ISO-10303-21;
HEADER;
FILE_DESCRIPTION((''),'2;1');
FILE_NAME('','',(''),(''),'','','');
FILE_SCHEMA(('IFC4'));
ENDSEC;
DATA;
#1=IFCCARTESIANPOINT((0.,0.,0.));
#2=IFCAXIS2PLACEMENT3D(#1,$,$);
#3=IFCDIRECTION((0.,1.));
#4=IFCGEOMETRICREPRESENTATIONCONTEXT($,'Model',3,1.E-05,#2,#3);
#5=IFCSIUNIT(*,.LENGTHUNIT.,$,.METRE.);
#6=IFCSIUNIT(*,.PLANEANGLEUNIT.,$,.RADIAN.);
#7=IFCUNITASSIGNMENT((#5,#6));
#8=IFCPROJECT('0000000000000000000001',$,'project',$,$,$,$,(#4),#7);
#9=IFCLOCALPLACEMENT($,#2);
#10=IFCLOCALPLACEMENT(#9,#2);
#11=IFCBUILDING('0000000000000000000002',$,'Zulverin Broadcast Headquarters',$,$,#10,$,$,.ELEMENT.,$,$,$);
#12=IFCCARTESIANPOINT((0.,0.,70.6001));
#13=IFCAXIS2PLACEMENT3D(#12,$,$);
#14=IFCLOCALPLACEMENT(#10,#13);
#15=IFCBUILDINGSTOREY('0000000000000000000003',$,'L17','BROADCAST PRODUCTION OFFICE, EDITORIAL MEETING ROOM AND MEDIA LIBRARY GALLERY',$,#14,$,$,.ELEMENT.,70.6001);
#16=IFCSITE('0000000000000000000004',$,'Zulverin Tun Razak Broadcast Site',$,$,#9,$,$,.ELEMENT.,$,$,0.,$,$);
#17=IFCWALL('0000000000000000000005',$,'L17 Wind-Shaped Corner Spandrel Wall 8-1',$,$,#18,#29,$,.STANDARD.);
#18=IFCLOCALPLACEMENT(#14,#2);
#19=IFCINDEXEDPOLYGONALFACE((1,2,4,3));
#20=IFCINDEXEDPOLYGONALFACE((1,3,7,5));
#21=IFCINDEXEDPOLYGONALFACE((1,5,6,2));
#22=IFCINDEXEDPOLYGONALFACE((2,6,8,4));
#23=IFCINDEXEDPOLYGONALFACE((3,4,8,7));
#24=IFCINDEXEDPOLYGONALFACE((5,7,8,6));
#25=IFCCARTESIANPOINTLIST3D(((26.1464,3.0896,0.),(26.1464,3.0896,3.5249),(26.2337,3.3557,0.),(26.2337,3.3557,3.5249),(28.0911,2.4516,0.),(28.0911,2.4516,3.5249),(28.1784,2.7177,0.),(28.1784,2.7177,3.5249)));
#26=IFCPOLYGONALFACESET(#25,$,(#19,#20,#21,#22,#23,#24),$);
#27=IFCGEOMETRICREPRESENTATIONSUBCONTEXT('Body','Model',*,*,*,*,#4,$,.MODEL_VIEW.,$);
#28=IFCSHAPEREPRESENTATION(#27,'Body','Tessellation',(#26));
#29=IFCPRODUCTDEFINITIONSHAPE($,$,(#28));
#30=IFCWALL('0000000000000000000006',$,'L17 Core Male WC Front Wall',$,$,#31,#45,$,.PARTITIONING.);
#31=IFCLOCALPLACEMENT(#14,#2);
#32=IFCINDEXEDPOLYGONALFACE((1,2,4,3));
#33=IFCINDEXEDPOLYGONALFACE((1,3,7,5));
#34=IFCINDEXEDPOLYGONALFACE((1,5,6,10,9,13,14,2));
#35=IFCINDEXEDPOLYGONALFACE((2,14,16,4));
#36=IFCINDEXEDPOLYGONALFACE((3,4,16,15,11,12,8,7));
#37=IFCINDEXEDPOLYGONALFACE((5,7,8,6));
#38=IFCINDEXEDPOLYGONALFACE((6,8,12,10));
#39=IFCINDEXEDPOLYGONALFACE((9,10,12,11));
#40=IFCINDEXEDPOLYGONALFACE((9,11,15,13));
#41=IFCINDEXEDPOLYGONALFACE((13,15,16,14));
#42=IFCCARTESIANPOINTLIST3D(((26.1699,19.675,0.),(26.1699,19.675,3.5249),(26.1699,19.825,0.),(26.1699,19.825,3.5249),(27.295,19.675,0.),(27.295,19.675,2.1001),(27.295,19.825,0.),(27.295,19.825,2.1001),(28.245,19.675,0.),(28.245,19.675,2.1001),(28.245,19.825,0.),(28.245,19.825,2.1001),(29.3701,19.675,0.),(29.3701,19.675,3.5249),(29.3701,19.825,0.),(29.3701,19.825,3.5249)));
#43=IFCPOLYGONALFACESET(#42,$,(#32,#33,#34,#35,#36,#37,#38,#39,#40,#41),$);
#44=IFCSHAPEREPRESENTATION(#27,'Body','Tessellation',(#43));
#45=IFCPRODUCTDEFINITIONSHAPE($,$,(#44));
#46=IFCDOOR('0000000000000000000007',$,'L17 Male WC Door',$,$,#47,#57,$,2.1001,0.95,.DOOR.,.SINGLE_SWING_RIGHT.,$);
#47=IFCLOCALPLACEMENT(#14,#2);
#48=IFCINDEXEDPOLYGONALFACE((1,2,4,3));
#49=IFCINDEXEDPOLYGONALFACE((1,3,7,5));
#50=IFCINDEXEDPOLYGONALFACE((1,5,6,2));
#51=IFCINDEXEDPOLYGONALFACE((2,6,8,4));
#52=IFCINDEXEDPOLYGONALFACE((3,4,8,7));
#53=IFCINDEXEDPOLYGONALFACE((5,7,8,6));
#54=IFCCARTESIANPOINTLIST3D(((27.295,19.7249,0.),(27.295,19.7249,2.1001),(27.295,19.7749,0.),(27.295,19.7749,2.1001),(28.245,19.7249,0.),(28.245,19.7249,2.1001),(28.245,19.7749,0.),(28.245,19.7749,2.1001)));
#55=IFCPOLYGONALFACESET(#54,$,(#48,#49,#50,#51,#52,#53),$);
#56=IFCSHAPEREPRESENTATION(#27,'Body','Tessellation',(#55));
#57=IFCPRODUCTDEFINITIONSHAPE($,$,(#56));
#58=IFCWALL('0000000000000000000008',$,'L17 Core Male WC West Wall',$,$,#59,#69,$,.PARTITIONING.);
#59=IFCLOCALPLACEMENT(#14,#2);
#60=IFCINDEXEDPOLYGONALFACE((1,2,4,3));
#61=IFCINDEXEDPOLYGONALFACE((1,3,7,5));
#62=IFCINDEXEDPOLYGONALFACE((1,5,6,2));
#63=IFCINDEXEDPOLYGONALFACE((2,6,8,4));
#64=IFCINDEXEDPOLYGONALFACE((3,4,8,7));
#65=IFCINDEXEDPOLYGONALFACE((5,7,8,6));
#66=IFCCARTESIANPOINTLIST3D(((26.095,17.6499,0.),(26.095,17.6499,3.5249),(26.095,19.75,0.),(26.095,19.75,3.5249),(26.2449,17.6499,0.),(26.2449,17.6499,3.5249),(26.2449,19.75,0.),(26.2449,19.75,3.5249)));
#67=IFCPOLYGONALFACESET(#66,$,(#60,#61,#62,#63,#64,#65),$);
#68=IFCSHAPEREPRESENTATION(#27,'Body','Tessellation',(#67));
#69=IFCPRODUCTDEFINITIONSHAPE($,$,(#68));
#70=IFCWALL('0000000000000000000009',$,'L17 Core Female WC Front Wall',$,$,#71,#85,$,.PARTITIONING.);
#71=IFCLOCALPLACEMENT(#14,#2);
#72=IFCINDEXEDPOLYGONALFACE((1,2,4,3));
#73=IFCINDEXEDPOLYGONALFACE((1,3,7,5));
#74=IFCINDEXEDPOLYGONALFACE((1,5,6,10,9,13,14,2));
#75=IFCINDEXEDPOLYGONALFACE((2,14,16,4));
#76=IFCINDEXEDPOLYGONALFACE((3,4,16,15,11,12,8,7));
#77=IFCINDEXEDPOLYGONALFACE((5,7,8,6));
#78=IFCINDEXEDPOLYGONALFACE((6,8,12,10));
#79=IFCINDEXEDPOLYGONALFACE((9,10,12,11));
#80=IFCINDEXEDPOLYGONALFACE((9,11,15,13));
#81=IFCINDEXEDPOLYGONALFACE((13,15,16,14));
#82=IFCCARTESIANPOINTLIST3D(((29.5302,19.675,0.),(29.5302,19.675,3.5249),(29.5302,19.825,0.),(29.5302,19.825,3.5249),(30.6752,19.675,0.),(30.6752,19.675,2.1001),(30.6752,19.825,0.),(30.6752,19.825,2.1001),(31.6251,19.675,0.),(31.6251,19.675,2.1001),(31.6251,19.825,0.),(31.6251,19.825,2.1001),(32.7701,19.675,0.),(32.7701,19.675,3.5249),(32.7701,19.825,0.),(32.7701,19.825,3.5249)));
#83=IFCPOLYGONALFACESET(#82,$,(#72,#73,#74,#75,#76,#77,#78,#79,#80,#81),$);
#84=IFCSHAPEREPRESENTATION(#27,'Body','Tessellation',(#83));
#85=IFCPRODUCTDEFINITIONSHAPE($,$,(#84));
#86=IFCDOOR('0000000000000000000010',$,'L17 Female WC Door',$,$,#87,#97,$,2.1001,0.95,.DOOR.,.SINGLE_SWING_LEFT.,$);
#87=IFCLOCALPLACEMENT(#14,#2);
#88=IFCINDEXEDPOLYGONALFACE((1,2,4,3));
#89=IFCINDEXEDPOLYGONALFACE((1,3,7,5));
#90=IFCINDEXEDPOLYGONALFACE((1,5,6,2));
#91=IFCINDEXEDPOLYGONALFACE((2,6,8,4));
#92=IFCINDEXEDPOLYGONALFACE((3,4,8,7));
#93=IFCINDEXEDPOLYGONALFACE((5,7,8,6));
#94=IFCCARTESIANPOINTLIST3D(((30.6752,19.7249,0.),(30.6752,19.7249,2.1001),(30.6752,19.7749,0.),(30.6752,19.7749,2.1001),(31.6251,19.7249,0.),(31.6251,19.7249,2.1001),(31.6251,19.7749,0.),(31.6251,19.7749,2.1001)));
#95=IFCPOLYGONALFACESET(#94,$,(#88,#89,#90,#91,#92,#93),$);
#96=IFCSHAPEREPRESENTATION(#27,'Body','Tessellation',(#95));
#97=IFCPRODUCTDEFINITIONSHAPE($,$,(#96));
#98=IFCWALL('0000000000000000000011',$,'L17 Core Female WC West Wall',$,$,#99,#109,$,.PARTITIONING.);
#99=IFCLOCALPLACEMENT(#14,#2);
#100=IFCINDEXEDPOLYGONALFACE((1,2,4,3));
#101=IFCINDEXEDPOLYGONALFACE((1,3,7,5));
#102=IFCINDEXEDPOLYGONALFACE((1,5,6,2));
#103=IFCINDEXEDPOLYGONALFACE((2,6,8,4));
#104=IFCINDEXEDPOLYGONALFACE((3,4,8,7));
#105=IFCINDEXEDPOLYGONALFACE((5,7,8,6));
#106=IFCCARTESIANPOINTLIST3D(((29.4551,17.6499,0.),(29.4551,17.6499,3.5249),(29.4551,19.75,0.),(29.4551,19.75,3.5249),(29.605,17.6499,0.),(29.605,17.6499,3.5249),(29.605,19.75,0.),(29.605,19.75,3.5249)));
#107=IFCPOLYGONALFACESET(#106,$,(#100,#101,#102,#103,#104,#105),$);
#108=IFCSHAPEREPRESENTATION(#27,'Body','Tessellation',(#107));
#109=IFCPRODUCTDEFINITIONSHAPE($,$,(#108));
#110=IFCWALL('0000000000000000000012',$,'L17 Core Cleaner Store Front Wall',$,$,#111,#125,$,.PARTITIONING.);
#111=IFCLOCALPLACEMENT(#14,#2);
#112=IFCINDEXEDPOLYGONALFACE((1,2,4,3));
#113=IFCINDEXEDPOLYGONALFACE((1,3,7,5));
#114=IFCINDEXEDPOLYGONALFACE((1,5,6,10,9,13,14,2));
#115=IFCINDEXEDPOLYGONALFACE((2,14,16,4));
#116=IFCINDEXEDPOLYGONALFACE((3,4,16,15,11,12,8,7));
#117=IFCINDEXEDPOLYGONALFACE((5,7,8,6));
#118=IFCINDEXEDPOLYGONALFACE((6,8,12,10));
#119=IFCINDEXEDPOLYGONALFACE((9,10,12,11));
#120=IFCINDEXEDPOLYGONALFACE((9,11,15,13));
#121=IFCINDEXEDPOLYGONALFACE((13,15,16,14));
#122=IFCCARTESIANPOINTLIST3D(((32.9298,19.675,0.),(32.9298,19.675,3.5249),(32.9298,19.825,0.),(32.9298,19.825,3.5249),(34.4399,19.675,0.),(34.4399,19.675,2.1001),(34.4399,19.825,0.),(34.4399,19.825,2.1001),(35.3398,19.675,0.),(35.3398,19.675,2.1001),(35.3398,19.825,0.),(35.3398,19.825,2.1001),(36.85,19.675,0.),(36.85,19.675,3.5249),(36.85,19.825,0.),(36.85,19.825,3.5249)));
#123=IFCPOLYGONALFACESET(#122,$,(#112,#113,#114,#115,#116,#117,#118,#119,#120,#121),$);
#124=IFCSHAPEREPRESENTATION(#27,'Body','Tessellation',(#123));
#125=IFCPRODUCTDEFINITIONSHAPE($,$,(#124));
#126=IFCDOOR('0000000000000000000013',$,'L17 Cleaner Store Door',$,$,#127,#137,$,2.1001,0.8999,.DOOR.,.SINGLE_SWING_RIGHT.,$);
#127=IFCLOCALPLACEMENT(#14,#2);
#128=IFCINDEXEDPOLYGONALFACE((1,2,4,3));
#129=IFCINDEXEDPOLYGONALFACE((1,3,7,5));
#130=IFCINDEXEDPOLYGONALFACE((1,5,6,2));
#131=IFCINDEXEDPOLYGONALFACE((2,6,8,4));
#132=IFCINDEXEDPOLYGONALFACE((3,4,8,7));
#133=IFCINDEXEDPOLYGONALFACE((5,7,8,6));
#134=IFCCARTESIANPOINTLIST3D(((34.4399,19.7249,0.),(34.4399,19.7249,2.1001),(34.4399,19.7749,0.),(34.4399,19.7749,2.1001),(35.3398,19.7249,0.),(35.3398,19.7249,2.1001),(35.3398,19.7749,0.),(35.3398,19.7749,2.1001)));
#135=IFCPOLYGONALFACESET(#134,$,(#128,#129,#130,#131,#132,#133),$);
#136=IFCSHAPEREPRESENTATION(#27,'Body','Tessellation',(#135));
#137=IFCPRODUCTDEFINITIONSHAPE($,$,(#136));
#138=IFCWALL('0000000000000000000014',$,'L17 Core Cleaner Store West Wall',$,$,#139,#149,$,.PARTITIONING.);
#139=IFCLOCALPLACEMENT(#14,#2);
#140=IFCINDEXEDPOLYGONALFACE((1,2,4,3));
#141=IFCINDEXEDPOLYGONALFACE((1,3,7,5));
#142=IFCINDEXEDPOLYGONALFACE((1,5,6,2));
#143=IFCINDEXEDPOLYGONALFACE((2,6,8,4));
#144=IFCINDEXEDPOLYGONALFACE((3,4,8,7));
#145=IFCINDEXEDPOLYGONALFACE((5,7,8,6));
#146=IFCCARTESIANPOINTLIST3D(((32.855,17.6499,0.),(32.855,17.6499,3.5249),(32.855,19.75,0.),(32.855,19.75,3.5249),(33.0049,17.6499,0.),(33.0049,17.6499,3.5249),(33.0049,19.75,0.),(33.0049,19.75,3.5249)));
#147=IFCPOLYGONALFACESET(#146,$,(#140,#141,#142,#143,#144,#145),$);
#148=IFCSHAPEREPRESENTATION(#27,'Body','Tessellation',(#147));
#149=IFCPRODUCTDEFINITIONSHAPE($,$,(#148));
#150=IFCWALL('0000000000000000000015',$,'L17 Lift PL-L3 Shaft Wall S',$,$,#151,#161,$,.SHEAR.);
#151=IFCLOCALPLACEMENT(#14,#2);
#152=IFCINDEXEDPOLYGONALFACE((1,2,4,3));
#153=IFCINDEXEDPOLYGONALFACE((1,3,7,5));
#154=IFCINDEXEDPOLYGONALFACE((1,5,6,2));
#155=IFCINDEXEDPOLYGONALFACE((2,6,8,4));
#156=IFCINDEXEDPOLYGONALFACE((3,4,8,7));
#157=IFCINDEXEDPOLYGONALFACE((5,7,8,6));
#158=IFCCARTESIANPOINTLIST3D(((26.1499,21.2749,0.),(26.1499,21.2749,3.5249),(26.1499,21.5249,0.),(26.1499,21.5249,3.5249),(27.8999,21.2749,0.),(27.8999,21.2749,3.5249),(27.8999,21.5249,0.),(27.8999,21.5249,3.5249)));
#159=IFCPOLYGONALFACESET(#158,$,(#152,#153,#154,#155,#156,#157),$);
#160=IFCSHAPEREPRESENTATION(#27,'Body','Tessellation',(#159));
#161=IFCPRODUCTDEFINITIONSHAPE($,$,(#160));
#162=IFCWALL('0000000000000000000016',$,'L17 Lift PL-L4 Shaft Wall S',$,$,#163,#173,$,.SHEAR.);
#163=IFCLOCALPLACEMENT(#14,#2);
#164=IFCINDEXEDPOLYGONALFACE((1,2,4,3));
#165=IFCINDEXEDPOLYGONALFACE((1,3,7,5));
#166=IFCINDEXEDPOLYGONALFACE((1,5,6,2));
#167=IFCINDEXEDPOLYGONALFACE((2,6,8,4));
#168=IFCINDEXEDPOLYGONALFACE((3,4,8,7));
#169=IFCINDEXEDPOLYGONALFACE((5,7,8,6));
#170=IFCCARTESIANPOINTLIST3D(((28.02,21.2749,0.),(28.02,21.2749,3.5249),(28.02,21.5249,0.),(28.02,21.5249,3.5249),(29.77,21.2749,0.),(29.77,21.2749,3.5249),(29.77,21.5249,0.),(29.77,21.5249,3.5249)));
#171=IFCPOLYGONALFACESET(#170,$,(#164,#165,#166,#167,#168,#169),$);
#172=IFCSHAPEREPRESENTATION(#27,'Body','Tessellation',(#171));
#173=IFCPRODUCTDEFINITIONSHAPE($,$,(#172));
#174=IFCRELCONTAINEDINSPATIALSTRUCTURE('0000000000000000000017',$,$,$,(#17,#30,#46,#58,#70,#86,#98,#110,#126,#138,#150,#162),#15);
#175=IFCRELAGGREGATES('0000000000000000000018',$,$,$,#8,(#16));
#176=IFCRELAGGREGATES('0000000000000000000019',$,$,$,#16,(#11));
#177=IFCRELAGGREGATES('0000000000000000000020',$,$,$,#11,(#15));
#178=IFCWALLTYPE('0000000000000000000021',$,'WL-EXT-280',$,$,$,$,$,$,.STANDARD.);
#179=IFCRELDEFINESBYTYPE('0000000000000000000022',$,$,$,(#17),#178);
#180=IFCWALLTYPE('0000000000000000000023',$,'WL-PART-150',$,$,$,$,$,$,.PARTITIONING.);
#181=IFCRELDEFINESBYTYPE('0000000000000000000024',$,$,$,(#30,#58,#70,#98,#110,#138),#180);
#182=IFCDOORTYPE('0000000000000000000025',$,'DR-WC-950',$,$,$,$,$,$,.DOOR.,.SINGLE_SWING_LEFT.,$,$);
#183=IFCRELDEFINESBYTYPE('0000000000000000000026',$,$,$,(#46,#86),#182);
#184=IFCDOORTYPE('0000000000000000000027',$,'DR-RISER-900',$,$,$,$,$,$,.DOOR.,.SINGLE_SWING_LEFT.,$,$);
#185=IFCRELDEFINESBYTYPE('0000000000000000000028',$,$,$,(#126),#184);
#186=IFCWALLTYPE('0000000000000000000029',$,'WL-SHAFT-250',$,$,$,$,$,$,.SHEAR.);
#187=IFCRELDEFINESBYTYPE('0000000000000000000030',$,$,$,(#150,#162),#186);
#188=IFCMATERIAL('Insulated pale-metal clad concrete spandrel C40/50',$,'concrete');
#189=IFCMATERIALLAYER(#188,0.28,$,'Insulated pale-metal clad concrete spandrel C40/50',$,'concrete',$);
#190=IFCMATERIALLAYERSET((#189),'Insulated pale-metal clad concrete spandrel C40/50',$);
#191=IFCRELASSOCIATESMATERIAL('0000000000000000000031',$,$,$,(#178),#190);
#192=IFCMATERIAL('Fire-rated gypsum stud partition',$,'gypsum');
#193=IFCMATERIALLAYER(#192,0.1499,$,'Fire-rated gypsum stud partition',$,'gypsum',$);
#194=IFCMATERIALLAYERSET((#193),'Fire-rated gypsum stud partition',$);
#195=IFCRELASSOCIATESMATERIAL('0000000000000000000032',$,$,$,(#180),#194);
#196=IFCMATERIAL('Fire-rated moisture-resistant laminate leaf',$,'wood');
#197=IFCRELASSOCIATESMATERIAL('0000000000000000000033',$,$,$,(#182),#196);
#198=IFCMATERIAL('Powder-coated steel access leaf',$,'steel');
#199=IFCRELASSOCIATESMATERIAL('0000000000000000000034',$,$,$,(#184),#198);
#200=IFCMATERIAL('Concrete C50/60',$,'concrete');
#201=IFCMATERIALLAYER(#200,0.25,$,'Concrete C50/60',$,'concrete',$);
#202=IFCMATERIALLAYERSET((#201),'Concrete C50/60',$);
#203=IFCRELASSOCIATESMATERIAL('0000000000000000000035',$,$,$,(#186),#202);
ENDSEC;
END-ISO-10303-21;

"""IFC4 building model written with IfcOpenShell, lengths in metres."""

from ifc_helpers import new_model, si_unit, direction, frame, frame_2d, origin, place, context, subcontext, project, spatial, rectangle, extrude, material, layer, layer_set, type_object, element, fill, save


model = new_model("IFC4")

# Units and contexts
model_context = context("Model", 3, precision=1e-05, world=origin(), true_north=direction((0.0, 1.0)))
body_context = subcontext(model_context, "Body", "Model", "MODEL_VIEW")
ifc_project = project(units=[si_unit("LENGTHUNIT", "METRE"), si_unit("PLANEANGLEUNIT", "RADIAN")], contexts=[model_context])

# Site, building, storey
site_placement = place(None, origin())
site = spatial("IfcSite", under=ifc_project, at=site_placement, Name="Zulverin Tun Razak Broadcast Site", CompositionType="ELEMENT", RefElevation=0.0)
building_placement = place(site_placement, origin())
building = spatial("IfcBuilding", under=site, at=building_placement, Name="Zulverin Broadcast Headquarters", CompositionType="ELEMENT")
storey_placement = place(building_placement, frame((0.0, 0.0, 70.6001)))
storey = spatial("IfcBuildingStorey", under=building, at=storey_placement, Name="L17", Description="BROADCAST PRODUCTION OFFICE, EDITORIAL MEETING ROOM AND MEDIA LIBRARY GALLERY", CompositionType="ELEMENT", Elevation=70.6001)

# Wall
ifc_material_1 = material(Name="Insulated pale-metal clad concrete spandrel C40/50", Category="concrete")
ifc_layer_1 = layer(ifc_material_1, 0.28, Name="Insulated pale-metal clad concrete spandrel C40/50", Category="concrete")
ifc_layer_set_1 = layer_set([ifc_layer_1], Name="Insulated pale-metal clad concrete spandrel C40/50")
wall_type_1 = type_object("IfcWallType", Name="WL-EXT-280", PredefinedType="STANDARD", material=ifc_layer_set_1)
wall_1_placement = place(storey_placement, frame((26.1899, 3.2227, 0.0), z_axis=(0.0, 0.0, 1.0), x_axis=(0.950176, -0.311715, 0.0)))
element("IfcWall", 1, at=wall_1_placement, inside=storey, type_object=wall_type_1, Name="L17 Wind-Shaped Corner Spandrel Wall 8-1", PredefinedType="STANDARD", context=body_context, shape_type="SweptSolid", body=[
    extrude(rectangle(XDim=2.0466, YDim=0.28, at=frame_2d((1.0234, 0.0))), origin(), (0.0, 0.0, 1.0), 3.5249),
])

# Wall, opening, door
ifc_material_2 = material(Name="Fire-rated gypsum stud partition", Category="gypsum")
ifc_layer_2 = layer(ifc_material_2, 0.1499, Name="Fire-rated gypsum stud partition", Category="gypsum")
ifc_layer_set_2 = layer_set([ifc_layer_2], Name="Fire-rated gypsum stud partition")
wall_type_2 = type_object("IfcWallType", Name="WL-PART-150", PredefinedType="PARTITIONING", material=ifc_layer_set_2)
wall_2_placement = place(storey_placement, frame((26.1699, 19.75, 0.0), z_axis=(0.0, 0.0, 1.0), x_axis=(1.0, 0.0, 0.0)))
wall_2 = element("IfcWall", 2, at=wall_2_placement, inside=storey, type_object=wall_type_2, Name="L17 Core Male WC Front Wall", PredefinedType="PARTITIONING", context=body_context, shape_type="SweptSolid", body=[
    extrude(rectangle(XDim=3.2002, YDim=0.1499, at=frame_2d((1.6001, 0.0))), origin(), (0.0, 0.0, 1.0), 3.5249),
])
opening_1_placement = place(wall_2_placement, frame((1.125, 0.0, 0.0)))
opening_1 = element("IfcOpeningElement", 3, at=opening_1_placement, cuts=wall_2, PredefinedType="OPENING", context=body_context, shape_type="SweptSolid", body=[
    extrude(rectangle(XDim=0.95, YDim=2.1001, at=frame_2d((0.4751, 1.05))), frame((0.0, 0.085, 0.0), z_axis=(0.0, -1.0, 0.0), x_axis=(1.0, 0.0, 0.0)), (0.0, 0.0, 1.0), 0.1699),
])
ifc_material_3 = material(Name="Fire-rated moisture-resistant laminate leaf", Category="wood")
door_type_1 = type_object("IfcDoorType", Name="DR-WC-950", OperationType="SINGLE_SWING_LEFT", PredefinedType="DOOR", material=ifc_material_3)
door_1_placement = place(opening_1_placement, origin())
door_1 = element("IfcDoor", 4, at=door_1_placement, inside=storey, type_object=door_type_1, Name="L17 Male WC Door", OperationType="SINGLE_SWING_RIGHT", OverallHeight=2.1001, OverallWidth=0.95, PredefinedType="DOOR", context=body_context, shape_type="SweptSolid", body=[
    extrude(rectangle(XDim=0.95, YDim=2.1001, at=frame_2d((0.4751, 1.05))), frame((0.0, 0.0249, 0.0), z_axis=(0.0, -1.0, 0.0), x_axis=(1.0, 0.0, 0.0)), (0.0, 0.0, 1.0), 0.05),
])
fill(opening_1, door_1)

# Wall
wall_3_placement = place(storey_placement, frame((26.1699, 17.6499, 0.0), z_axis=(0.0, 0.0, 1.0), x_axis=(0.0, 1.0, 0.0)))
element("IfcWall", 5, at=wall_3_placement, inside=storey, type_object=wall_type_2, Name="L17 Core Male WC West Wall", PredefinedType="PARTITIONING", context=body_context, shape_type="SweptSolid", body=[
    extrude(rectangle(XDim=2.1001, YDim=0.1499, at=frame_2d((1.05, 0.0))), origin(), (0.0, 0.0, 1.0), 3.5249),
])

# Wall, opening, door
wall_4_placement = place(storey_placement, frame((29.53, 19.75, 0.0), z_axis=(0.0, 0.0, 1.0), x_axis=(1.0, 0.0, 0.0)))
wall_4 = element("IfcWall", 6, at=wall_4_placement, inside=storey, type_object=wall_type_2, Name="L17 Core Female WC Front Wall", PredefinedType="PARTITIONING", context=body_context, shape_type="SweptSolid", body=[
    extrude(rectangle(XDim=3.24, YDim=0.1499, at=frame_2d((1.6201, 0.0))), origin(), (0.0, 0.0, 1.0), 3.5249),
])
opening_2_placement = place(wall_4_placement, frame((1.145, 0.0, 0.0)))
opening_2 = element("IfcOpeningElement", 7, at=opening_2_placement, cuts=wall_4, PredefinedType="OPENING", context=body_context, shape_type="SweptSolid", body=[
    extrude(rectangle(XDim=0.95, YDim=2.1001, at=frame_2d((0.4751, 1.05))), frame((0.0, 0.085, 0.0), z_axis=(0.0, -1.0, 0.0), x_axis=(1.0, 0.0, 0.0)), (0.0, 0.0, 1.0), 0.1699),
])
door_2_placement = place(opening_2_placement, origin())
door_2 = element("IfcDoor", 8, at=door_2_placement, inside=storey, type_object=door_type_1, Name="L17 Female WC Door", OperationType="SINGLE_SWING_LEFT", OverallHeight=2.1001, OverallWidth=0.95, PredefinedType="DOOR", context=body_context, shape_type="SweptSolid", body=[
    extrude(rectangle(XDim=0.95, YDim=2.1001, at=frame_2d((0.4751, 1.05))), frame((0.0, 0.0249, 0.0), z_axis=(0.0, -1.0, 0.0), x_axis=(1.0, 0.0, 0.0)), (0.0, 0.0, 1.0), 0.05),
])
fill(opening_2, door_2)

# Wall
wall_5_placement = place(storey_placement, frame((29.53, 17.6499, 0.0), z_axis=(0.0, 0.0, 1.0), x_axis=(0.0, 1.0, 0.0)))
element("IfcWall", 9, at=wall_5_placement, inside=storey, type_object=wall_type_2, Name="L17 Core Female WC West Wall", PredefinedType="PARTITIONING", context=body_context, shape_type="SweptSolid", body=[
    extrude(rectangle(XDim=2.1001, YDim=0.1499, at=frame_2d((1.05, 0.0))), origin(), (0.0, 0.0, 1.0), 3.5249),
])

# Wall, opening, door
wall_6_placement = place(storey_placement, frame((32.9299, 19.75, 0.0), z_axis=(0.0, 0.0, 1.0), x_axis=(1.0, 0.0, 0.0)))
wall_6 = element("IfcWall", 10, at=wall_6_placement, inside=storey, type_object=wall_type_2, Name="L17 Core Cleaner Store Front Wall", PredefinedType="PARTITIONING", context=body_context, shape_type="SweptSolid", body=[
    extrude(rectangle(XDim=3.9202, YDim=0.1499, at=frame_2d((1.96, 0.0))), origin(), (0.0, 0.0, 1.0), 3.5249),
])
opening_3_placement = place(wall_6_placement, frame((1.51, 0.0, 0.0)))
opening_3 = element("IfcOpeningElement", 11, at=opening_3_placement, cuts=wall_6, PredefinedType="OPENING", context=body_context, shape_type="SweptSolid", body=[
    extrude(rectangle(XDim=0.8999, YDim=2.1001, at=frame_2d((0.45, 1.05))), frame((0.0, 0.085, 0.0), z_axis=(0.0, -1.0, 0.0), x_axis=(1.0, 0.0, 0.0)), (0.0, 0.0, 1.0), 0.1699),
])
ifc_material_4 = material(Name="Powder-coated steel access leaf", Category="steel")
door_type_2 = type_object("IfcDoorType", Name="DR-RISER-900", OperationType="SINGLE_SWING_LEFT", PredefinedType="DOOR", material=ifc_material_4)
door_3_placement = place(opening_3_placement, origin())
door_3 = element("IfcDoor", 12, at=door_3_placement, inside=storey, type_object=door_type_2, Name="L17 Cleaner Store Door", OperationType="SINGLE_SWING_RIGHT", OverallHeight=2.1001, OverallWidth=0.8999, PredefinedType="DOOR", context=body_context, shape_type="SweptSolid", body=[
    extrude(rectangle(XDim=0.8999, YDim=2.1001, at=frame_2d((0.45, 1.05))), frame((0.0, 0.0249, 0.0), z_axis=(0.0, -1.0, 0.0), x_axis=(1.0, 0.0, 0.0)), (0.0, 0.0, 1.0), 0.05),
])
fill(opening_3, door_3)

# Walls
wall_7_placement = place(storey_placement, frame((32.9299, 17.6499, 0.0), z_axis=(0.0, 0.0, 1.0), x_axis=(0.0, 1.0, 0.0)))
element("IfcWall", 13, at=wall_7_placement, inside=storey, type_object=wall_type_2, Name="L17 Core Cleaner Store West Wall", PredefinedType="PARTITIONING", context=body_context, shape_type="SweptSolid", body=[
    extrude(rectangle(XDim=2.1001, YDim=0.1499, at=frame_2d((1.05, 0.0))), origin(), (0.0, 0.0, 1.0), 3.5249),
])
ifc_material_5 = material(Name="Concrete C50/60", Category="concrete")
ifc_layer_3 = layer(ifc_material_5, 0.25, Name="Concrete C50/60", Category="concrete")
ifc_layer_set_3 = layer_set([ifc_layer_3], Name="Concrete C50/60")
wall_type_3 = type_object("IfcWallType", Name="WL-SHAFT-250", PredefinedType="SHEAR", material=ifc_layer_set_3)
for number, where, z_axis, x_axis, name in (
    (14, (26.1499, 21.3999, 0.0), (0.0, 0.0, 1.0), (1.0, 0.0, 0.0), "L17 Lift PL-L3 Shaft Wall S"),
    (15, (28.02, 21.3999, 0.0), (0.0, 0.0, 1.0), (1.0, 0.0, 0.0), "L17 Lift PL-L4 Shaft Wall S"),
):
    element("IfcWall", number, at=place(storey_placement, frame(where, z_axis=z_axis, x_axis=x_axis)), inside=storey, type_object=wall_type_3, Name=name, PredefinedType="SHEAR", context=body_context, shape_type="SweptSolid", body=[
        extrude(rectangle(XDim=1.75, YDim=0.25, at=frame_2d((0.875, 0.0))), origin(), (0.0, 0.0, 1.0), 3.5249),
    ])

save(model, "model.ifc")
